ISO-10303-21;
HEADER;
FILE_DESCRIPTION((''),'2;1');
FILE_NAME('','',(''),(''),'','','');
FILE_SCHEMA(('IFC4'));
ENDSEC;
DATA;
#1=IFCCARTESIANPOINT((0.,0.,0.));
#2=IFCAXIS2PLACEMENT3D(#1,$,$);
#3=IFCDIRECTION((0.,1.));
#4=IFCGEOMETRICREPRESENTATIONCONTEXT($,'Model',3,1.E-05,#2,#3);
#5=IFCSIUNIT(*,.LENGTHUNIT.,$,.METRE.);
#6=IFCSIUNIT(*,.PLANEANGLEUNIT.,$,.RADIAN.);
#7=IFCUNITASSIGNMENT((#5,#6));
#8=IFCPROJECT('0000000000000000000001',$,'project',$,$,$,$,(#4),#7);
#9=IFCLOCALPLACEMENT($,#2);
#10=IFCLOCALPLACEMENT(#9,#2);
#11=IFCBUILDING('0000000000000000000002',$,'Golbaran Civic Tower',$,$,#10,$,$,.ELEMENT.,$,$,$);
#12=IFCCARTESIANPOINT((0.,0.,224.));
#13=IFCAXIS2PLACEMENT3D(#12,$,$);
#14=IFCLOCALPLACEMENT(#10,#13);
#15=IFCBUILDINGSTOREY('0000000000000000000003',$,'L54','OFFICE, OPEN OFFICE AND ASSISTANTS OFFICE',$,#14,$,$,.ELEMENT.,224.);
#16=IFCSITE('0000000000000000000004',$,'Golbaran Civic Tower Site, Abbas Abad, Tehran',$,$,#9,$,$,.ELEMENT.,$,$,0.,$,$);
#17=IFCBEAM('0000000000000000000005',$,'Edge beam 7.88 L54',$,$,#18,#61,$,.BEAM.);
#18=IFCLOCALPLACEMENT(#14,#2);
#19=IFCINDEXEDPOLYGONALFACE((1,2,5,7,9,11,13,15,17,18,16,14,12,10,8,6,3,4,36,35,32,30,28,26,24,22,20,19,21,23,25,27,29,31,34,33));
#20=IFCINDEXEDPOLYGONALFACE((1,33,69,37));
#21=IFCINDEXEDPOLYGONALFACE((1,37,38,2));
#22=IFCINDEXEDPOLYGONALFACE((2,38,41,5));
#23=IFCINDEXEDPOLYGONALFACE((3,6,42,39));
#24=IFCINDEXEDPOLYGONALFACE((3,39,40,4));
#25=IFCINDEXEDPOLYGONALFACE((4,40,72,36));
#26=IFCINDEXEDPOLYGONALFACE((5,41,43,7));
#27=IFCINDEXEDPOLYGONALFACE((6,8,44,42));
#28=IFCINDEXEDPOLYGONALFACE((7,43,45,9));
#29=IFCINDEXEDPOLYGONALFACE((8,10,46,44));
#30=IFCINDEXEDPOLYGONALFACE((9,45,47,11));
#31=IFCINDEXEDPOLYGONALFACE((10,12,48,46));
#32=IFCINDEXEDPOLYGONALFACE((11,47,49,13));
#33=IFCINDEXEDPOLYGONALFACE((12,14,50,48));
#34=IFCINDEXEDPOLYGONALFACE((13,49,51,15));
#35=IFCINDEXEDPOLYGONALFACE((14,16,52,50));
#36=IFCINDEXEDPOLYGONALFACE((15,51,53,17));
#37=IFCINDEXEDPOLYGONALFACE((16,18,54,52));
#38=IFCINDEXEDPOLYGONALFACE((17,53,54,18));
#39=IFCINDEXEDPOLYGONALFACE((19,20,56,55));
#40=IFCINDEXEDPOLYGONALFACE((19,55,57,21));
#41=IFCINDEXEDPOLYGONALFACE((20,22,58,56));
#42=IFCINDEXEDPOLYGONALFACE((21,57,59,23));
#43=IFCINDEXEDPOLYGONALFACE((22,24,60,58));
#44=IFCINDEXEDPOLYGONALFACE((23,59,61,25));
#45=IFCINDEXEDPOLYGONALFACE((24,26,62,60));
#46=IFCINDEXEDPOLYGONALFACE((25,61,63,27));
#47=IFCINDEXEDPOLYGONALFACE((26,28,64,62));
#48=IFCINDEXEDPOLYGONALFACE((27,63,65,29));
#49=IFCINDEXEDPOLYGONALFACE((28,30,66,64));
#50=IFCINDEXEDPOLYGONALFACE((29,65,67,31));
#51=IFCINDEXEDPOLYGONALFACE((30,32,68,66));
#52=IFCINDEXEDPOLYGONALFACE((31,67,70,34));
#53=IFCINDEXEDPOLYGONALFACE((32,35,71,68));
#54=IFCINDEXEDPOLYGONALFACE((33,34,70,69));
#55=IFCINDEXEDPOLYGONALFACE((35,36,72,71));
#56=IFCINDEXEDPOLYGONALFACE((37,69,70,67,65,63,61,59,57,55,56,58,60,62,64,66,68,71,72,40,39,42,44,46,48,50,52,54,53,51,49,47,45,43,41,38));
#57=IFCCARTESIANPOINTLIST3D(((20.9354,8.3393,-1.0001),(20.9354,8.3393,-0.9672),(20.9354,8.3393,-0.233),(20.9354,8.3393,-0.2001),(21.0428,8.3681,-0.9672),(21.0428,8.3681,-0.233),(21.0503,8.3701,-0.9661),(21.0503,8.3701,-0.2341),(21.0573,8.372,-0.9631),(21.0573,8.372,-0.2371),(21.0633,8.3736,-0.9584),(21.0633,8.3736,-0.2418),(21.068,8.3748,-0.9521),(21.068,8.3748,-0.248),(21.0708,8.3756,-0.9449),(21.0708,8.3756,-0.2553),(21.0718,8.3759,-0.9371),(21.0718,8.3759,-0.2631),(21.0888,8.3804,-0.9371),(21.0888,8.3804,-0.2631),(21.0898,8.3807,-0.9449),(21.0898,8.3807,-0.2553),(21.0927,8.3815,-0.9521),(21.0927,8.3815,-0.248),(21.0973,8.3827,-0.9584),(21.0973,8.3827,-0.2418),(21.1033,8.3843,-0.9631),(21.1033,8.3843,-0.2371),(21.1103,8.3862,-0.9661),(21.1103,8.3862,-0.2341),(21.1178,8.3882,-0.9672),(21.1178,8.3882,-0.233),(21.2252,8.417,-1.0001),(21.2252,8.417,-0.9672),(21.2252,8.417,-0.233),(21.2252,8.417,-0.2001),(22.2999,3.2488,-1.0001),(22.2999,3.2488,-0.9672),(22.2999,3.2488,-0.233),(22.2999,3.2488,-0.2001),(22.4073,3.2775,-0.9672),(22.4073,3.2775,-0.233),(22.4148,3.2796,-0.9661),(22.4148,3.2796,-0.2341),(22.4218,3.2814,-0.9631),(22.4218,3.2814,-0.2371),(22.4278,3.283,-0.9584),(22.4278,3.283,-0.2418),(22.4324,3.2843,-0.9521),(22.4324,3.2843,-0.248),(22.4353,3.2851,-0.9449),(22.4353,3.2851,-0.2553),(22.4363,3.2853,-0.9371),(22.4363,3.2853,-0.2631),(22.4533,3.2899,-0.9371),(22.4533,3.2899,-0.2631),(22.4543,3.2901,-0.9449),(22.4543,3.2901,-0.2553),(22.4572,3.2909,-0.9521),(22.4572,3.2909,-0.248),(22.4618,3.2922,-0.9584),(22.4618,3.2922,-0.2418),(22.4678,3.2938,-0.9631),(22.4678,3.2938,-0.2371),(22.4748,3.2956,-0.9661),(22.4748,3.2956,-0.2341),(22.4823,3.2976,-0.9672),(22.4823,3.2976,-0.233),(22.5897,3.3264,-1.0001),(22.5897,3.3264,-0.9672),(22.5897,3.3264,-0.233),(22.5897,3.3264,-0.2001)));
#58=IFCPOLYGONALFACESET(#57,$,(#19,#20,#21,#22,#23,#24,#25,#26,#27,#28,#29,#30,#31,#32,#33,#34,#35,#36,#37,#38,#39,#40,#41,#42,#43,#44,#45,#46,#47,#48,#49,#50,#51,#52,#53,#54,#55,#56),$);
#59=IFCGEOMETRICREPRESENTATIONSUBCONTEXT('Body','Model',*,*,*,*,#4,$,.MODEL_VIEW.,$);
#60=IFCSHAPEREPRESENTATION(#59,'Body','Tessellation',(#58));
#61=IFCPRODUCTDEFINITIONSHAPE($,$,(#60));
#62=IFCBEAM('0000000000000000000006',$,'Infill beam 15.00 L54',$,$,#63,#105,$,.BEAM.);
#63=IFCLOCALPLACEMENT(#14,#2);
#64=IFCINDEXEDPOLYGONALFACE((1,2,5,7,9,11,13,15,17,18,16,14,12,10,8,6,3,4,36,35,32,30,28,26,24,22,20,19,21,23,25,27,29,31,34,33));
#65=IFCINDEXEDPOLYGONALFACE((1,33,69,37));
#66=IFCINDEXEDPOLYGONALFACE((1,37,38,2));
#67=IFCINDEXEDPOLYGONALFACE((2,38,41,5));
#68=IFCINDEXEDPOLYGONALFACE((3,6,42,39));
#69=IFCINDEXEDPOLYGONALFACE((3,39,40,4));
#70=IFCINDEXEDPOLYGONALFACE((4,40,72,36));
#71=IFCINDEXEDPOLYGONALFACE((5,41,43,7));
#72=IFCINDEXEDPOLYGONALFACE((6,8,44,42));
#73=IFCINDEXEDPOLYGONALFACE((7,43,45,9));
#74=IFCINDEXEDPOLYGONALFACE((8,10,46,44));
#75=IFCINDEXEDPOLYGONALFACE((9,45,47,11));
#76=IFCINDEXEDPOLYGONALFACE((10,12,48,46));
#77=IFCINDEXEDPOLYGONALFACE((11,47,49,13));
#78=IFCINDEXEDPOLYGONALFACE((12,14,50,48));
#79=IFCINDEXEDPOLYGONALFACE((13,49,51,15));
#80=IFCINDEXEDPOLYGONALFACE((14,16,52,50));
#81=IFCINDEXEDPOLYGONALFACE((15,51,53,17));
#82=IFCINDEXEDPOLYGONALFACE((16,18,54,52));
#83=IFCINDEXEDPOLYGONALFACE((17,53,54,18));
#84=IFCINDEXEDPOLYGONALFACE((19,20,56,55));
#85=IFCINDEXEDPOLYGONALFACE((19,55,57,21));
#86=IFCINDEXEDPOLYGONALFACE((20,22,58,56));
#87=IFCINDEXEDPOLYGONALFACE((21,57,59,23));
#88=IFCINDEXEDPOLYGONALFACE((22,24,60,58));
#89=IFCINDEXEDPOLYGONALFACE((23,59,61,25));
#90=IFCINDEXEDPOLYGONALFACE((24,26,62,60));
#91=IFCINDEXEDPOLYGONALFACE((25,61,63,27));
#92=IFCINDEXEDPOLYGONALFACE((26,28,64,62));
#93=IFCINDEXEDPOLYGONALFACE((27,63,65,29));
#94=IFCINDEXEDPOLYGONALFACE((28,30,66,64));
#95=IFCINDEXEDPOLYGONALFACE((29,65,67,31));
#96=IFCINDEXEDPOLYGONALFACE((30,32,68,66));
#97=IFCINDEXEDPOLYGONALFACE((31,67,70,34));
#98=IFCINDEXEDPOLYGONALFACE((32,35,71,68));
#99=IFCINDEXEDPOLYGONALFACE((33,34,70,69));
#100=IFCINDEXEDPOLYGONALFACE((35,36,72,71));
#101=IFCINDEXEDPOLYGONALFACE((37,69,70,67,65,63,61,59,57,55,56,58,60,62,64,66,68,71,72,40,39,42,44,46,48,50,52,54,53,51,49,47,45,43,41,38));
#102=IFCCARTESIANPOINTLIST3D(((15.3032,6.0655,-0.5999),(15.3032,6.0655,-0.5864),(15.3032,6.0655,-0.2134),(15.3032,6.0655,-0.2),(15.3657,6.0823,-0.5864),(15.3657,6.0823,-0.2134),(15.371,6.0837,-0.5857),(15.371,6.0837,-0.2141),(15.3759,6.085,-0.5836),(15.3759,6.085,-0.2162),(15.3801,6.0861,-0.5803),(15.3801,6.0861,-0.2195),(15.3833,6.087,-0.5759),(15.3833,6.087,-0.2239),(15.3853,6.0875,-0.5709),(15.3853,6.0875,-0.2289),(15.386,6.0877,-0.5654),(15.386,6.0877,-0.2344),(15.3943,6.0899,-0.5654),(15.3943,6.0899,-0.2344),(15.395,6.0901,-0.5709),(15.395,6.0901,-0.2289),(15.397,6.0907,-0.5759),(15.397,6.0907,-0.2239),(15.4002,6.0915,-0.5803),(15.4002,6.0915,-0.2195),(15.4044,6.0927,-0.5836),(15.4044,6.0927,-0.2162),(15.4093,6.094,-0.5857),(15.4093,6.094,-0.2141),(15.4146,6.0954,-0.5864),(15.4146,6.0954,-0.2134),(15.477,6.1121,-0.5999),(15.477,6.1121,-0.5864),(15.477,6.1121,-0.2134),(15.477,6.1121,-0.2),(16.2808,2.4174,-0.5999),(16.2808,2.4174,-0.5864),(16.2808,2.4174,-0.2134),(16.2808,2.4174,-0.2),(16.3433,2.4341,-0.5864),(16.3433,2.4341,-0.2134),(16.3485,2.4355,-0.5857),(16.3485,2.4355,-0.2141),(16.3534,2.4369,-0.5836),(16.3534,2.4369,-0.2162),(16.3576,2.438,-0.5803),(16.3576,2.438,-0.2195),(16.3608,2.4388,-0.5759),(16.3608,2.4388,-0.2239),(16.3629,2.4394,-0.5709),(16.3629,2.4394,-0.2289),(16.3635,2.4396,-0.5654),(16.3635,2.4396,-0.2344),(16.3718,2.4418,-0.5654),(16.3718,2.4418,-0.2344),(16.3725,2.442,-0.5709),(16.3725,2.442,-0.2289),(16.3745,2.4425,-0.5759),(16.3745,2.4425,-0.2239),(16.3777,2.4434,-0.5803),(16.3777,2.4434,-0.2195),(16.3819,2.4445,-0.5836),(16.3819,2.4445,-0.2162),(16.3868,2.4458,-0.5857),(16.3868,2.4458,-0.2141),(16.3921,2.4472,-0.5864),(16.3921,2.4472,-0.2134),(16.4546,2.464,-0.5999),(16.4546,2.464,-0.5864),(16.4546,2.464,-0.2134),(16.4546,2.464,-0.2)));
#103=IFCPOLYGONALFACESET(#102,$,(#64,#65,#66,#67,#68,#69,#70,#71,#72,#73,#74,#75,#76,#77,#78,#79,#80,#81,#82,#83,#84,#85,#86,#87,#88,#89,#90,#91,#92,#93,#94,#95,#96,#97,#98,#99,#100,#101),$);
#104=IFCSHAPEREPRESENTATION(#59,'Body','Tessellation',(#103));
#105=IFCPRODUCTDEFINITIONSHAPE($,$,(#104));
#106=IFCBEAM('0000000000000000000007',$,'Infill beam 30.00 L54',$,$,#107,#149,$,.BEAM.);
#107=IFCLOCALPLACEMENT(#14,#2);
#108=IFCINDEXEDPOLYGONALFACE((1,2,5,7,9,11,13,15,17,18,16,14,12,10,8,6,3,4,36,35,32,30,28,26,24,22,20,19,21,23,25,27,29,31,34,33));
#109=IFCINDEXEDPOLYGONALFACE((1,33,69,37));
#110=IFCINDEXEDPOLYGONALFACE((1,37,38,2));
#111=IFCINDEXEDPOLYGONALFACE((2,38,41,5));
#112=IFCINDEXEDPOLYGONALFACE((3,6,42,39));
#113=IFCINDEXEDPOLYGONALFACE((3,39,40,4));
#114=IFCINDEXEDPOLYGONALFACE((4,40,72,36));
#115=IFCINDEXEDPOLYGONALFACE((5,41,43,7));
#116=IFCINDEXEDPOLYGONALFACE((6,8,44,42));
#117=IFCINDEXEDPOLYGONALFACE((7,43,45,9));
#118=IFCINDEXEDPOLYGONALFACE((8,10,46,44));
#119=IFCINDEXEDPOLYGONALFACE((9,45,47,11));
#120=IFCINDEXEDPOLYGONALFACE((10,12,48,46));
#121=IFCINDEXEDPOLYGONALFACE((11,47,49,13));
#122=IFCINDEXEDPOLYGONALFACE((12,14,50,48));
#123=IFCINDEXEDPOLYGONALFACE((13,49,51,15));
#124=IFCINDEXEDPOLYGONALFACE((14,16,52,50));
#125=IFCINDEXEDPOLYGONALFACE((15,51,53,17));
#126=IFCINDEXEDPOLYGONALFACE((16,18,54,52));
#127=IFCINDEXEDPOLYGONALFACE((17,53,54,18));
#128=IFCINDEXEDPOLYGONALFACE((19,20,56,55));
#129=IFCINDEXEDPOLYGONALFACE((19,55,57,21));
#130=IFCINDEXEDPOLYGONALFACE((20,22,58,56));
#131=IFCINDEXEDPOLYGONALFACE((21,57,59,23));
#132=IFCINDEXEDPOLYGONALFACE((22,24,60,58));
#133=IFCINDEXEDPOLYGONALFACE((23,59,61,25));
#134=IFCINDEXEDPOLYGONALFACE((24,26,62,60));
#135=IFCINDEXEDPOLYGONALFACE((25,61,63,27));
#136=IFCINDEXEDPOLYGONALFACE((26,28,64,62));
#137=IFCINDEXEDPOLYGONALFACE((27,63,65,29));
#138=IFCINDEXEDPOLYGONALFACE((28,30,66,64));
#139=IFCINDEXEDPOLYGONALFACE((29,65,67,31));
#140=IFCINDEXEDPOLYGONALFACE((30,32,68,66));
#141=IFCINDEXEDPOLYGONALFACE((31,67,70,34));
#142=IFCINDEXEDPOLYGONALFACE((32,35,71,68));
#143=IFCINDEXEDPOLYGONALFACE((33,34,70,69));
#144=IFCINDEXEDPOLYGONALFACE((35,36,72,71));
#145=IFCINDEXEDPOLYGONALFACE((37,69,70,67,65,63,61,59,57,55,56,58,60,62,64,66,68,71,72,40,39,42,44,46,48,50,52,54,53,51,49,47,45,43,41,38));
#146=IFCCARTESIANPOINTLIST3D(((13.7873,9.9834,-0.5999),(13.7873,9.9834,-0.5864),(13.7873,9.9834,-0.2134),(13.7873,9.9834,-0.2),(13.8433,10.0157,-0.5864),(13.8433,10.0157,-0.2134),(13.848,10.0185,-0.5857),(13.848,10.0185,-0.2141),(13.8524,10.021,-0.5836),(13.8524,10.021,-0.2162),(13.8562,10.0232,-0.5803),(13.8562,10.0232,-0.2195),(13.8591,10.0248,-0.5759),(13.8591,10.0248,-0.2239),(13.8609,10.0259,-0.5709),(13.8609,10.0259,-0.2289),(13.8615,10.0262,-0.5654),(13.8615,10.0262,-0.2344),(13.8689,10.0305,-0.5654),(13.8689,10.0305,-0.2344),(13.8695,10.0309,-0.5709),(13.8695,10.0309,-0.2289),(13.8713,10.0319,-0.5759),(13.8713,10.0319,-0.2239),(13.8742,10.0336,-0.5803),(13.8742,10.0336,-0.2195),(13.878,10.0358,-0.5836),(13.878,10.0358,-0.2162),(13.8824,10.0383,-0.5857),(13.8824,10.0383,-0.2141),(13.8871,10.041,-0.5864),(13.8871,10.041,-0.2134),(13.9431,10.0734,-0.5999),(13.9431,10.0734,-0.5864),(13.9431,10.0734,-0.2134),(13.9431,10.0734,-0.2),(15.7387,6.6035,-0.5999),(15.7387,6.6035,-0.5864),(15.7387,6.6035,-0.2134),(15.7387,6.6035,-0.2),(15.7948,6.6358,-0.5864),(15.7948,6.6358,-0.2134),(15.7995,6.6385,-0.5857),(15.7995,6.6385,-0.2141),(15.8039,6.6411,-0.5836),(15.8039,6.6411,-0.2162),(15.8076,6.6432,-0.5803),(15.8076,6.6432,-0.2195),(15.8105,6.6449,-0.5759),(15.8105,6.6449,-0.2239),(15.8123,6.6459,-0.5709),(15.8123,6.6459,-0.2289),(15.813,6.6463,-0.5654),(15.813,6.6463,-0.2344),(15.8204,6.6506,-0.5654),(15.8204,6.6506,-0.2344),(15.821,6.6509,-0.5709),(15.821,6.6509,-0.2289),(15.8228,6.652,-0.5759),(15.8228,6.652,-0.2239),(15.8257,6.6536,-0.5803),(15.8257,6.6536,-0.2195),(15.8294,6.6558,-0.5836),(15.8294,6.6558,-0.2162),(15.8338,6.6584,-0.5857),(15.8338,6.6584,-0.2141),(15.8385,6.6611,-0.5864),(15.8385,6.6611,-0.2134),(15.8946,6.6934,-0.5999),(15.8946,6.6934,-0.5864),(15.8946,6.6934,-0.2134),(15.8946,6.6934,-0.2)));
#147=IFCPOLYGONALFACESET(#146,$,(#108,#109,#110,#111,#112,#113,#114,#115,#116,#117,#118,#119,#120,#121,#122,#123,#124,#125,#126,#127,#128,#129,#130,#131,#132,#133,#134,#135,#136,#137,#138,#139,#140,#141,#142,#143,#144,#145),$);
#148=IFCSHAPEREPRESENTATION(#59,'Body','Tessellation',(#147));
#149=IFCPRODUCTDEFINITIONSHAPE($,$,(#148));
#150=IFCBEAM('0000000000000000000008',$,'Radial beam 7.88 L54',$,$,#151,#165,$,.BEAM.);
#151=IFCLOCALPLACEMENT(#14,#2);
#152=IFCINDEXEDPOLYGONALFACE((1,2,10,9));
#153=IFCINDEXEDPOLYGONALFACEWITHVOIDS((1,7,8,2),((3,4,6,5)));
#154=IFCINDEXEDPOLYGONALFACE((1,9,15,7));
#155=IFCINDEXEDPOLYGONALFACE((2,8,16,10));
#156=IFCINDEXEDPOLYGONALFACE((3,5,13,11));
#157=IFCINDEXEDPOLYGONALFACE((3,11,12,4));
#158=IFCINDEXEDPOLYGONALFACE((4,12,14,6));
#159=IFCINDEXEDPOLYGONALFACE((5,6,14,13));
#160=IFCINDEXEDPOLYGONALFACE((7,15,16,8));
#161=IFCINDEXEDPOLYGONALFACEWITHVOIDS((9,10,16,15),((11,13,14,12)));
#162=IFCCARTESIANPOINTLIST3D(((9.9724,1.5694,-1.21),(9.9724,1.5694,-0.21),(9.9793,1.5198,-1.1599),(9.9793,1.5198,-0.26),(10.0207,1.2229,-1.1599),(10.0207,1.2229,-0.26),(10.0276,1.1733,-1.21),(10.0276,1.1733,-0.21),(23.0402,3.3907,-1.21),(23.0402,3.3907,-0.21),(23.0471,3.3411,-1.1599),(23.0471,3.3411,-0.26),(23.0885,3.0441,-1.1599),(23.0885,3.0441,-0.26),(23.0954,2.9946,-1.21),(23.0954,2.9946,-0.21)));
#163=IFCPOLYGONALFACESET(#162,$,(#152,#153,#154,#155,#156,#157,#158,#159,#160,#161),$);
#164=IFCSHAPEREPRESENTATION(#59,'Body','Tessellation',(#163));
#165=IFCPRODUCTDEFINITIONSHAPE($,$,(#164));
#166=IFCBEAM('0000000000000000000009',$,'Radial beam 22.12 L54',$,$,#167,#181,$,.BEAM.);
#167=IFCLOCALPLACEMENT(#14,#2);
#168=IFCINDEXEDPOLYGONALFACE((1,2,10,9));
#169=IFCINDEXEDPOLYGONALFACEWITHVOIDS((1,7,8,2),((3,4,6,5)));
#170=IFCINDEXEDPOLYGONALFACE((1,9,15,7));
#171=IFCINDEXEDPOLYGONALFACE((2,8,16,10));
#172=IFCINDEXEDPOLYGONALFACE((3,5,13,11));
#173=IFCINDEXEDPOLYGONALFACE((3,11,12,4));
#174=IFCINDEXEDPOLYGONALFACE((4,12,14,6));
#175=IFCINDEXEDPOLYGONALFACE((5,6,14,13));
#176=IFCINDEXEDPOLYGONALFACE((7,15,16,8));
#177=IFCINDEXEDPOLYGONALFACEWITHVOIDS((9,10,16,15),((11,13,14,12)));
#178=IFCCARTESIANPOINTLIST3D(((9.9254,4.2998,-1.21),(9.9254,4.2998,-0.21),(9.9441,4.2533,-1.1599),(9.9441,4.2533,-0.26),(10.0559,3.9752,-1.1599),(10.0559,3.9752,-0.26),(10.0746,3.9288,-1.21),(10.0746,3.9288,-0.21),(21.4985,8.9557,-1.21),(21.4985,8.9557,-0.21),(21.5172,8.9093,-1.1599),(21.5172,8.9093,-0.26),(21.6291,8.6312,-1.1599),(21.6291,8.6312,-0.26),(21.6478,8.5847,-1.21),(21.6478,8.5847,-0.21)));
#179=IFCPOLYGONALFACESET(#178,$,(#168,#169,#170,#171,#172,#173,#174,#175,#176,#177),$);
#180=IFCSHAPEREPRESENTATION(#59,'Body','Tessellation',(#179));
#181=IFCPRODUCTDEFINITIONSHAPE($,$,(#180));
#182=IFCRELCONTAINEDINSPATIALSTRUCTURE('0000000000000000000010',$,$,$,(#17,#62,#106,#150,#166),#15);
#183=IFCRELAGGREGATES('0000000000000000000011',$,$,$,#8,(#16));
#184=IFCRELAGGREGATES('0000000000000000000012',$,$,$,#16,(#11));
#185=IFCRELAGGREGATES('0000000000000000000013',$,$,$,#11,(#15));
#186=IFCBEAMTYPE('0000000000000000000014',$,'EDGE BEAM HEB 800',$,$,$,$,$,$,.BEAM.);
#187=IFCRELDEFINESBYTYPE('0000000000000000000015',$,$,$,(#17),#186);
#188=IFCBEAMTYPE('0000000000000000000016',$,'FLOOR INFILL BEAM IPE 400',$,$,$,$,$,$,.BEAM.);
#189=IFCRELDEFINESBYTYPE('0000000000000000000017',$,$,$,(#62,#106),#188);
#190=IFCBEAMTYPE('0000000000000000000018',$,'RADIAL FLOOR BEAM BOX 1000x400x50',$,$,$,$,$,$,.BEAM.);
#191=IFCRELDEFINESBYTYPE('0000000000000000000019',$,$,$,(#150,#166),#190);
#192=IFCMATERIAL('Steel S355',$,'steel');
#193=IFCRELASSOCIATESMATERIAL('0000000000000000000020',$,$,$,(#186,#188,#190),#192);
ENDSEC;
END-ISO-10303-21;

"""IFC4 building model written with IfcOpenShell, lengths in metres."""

from ifc_helpers import new_model, si_unit, direction, frame, origin, origin_2d, place, context, subcontext, project, spatial, hollow_rectangle, i_section, extrude, material, material_profile, profile_set, type_object, element, save


model = new_model("IFC4")

# Units and contexts
model_context = context("Model", 3, precision=1e-05, world=origin(), true_north=direction((0.0, 1.0)))
body_context = subcontext(model_context, "Body", "Model", "MODEL_VIEW")
ifc_project = project(units=[si_unit("LENGTHUNIT", "METRE"), si_unit("PLANEANGLEUNIT", "RADIAN")], contexts=[model_context])

# Site, building, storey
site_placement = place(None, origin())
site = spatial("IfcSite", under=ifc_project, at=site_placement, Name="Golbaran Civic Tower Site, Abbas Abad, Tehran", CompositionType="ELEMENT", RefElevation=0.0)
building_placement = place(site_placement, origin())
building = spatial("IfcBuilding", under=site, at=building_placement, Name="Golbaran Civic Tower", CompositionType="ELEMENT")
storey_placement = place(building_placement, frame((0.0, 0.0, 224.0)))
storey = spatial("IfcBuildingStorey", under=building, at=storey_placement, Name="L54", Description="OFFICE, OPEN OFFICE AND ASSISTANTS OFFICE", CompositionType="ELEMENT", Elevation=224.0)

# Beams
ifc_material_1 = material(Name="Steel S355", Category="steel")
ifc_material_profile_1 = material_profile(ifc_material_1, i_section(OverallWidth=0.3, OverallDepth=0.8, WebThickness=0.0176, FlangeThickness=0.033, FilletRadius=0.03, at=origin_2d()), Name="HEB 800")
ifc_profile_set_1 = profile_set([ifc_material_profile_1], Name="Steel S355")
beam_type_1 = type_object("IfcBeamType", Name="EDGE BEAM HEB 800", PredefinedType="BEAM", material=ifc_profile_set_1)
beam_1_placement = place(storey_placement, frame((22.4448, 3.2876, -0.6001), z_axis=(-0.258905, 0.965903, 0.0), x_axis=(-0.965903, -0.258905, 0.0)))
element("IfcBeam", 1, at=beam_1_placement, inside=storey, type_object=beam_type_1, Name="Edge beam 7.88 L54", PredefinedType="BEAM", context=body_context, shape_type="SweptSolid", body=[
    extrude(i_section(OverallWidth=0.3, OverallDepth=0.8, WebThickness=0.0176, FlangeThickness=0.033, FilletRadius=0.03, at=origin_2d()), origin(), (0.0, 0.0, 1.0), 5.2703),
])
ifc_material_profile_2 = material_profile(ifc_material_1, i_section(OverallWidth=0.1799, OverallDepth=0.3999, WebThickness=0.0085, FlangeThickness=0.0134, FilletRadius=0.021, at=origin_2d()), Name="IPE 400")
ifc_profile_set_2 = profile_set([ifc_material_profile_2], Name="Steel S355")
beam_type_2 = type_object("IfcBeamType", Name="FLOOR INFILL BEAM IPE 400", PredefinedType="BEAM", material=ifc_profile_set_2)
beam_2_placement = place(storey_placement, frame((16.3677, 2.4407, -0.3999), z_axis=(-0.258821, 0.965925, 0.0), x_axis=(-0.965925, -0.258821, 0.0)))
element("IfcBeam", 2, at=beam_2_placement, inside=storey, type_object=beam_type_2, Name="Infill beam 15.00 L54", PredefinedType="BEAM", context=body_context, shape_type="SweptSolid", body=[
    extrude(i_section(OverallWidth=0.1799, OverallDepth=0.3999, WebThickness=0.0085, FlangeThickness=0.0134, FilletRadius=0.021, at=origin_2d()), origin(), (0.0, 0.0, 1.0), 3.7769),
])
beam_3_placement = place(storey_placement, frame((15.8167, 6.6484, -0.3999), z_axis=(-0.500008, 0.866021, 0.0), x_axis=(-0.866021, -0.500008, 0.0)))
element("IfcBeam", 3, at=beam_3_placement, inside=storey, type_object=beam_type_2, Name="Infill beam 30.00 L54", PredefinedType="BEAM", context=body_context, shape_type="SweptSolid", body=[
    extrude(i_section(OverallWidth=0.1799, OverallDepth=0.3999, WebThickness=0.0085, FlangeThickness=0.0134, FilletRadius=0.021, at=origin_2d()), origin(), (0.0, 0.0, 1.0), 3.9028),
])
ifc_material_profile_3 = material_profile(ifc_material_1, hollow_rectangle(XDim=0.3999, YDim=1.0, WallThickness=0.05, at=origin_2d()), Name="BOX 1000x400x50")
ifc_profile_set_3 = profile_set([ifc_material_profile_3], Name="Steel S355")
beam_type_3 = type_object("IfcBeamType", Name="RADIAL FLOOR BEAM BOX 1000x400x50", PredefinedType="BEAM", material=ifc_profile_set_3)
beam_4_placement = place(storey_placement, frame((10.0, 1.3713, -0.71), z_axis=(0.990427, 0.138037, 0.0), x_axis=(-0.138037, 0.990427, 0.0)))
element("IfcBeam", 4, at=beam_4_placement, inside=storey, type_object=beam_type_3, Name="Radial beam 7.88 L54", PredefinedType="BEAM", context=body_context, shape_type="SweptSolid", body=[
    extrude(hollow_rectangle(XDim=0.3999, YDim=1.0, WallThickness=0.05, at=origin_2d()), origin(), (0.0, 0.0, 1.0), 13.1941),
])
beam_5_placement = place(storey_placement, frame((10.0, 4.1143, -0.71), z_axis=(0.927737, 0.373236, 0.0), x_axis=(-0.373236, 0.927737, 0.0)))
element("IfcBeam", 5, at=beam_5_placement, inside=storey, type_object=beam_type_3, Name="Radial beam 22.12 L54", PredefinedType="BEAM", context=body_context, shape_type="SweptSolid", body=[
    extrude(hollow_rectangle(XDim=0.3999, YDim=1.0, WallThickness=0.05, at=origin_2d()), origin(), (0.0, 0.0, 1.0), 12.4746),
])

save(model, "model.ifc")
